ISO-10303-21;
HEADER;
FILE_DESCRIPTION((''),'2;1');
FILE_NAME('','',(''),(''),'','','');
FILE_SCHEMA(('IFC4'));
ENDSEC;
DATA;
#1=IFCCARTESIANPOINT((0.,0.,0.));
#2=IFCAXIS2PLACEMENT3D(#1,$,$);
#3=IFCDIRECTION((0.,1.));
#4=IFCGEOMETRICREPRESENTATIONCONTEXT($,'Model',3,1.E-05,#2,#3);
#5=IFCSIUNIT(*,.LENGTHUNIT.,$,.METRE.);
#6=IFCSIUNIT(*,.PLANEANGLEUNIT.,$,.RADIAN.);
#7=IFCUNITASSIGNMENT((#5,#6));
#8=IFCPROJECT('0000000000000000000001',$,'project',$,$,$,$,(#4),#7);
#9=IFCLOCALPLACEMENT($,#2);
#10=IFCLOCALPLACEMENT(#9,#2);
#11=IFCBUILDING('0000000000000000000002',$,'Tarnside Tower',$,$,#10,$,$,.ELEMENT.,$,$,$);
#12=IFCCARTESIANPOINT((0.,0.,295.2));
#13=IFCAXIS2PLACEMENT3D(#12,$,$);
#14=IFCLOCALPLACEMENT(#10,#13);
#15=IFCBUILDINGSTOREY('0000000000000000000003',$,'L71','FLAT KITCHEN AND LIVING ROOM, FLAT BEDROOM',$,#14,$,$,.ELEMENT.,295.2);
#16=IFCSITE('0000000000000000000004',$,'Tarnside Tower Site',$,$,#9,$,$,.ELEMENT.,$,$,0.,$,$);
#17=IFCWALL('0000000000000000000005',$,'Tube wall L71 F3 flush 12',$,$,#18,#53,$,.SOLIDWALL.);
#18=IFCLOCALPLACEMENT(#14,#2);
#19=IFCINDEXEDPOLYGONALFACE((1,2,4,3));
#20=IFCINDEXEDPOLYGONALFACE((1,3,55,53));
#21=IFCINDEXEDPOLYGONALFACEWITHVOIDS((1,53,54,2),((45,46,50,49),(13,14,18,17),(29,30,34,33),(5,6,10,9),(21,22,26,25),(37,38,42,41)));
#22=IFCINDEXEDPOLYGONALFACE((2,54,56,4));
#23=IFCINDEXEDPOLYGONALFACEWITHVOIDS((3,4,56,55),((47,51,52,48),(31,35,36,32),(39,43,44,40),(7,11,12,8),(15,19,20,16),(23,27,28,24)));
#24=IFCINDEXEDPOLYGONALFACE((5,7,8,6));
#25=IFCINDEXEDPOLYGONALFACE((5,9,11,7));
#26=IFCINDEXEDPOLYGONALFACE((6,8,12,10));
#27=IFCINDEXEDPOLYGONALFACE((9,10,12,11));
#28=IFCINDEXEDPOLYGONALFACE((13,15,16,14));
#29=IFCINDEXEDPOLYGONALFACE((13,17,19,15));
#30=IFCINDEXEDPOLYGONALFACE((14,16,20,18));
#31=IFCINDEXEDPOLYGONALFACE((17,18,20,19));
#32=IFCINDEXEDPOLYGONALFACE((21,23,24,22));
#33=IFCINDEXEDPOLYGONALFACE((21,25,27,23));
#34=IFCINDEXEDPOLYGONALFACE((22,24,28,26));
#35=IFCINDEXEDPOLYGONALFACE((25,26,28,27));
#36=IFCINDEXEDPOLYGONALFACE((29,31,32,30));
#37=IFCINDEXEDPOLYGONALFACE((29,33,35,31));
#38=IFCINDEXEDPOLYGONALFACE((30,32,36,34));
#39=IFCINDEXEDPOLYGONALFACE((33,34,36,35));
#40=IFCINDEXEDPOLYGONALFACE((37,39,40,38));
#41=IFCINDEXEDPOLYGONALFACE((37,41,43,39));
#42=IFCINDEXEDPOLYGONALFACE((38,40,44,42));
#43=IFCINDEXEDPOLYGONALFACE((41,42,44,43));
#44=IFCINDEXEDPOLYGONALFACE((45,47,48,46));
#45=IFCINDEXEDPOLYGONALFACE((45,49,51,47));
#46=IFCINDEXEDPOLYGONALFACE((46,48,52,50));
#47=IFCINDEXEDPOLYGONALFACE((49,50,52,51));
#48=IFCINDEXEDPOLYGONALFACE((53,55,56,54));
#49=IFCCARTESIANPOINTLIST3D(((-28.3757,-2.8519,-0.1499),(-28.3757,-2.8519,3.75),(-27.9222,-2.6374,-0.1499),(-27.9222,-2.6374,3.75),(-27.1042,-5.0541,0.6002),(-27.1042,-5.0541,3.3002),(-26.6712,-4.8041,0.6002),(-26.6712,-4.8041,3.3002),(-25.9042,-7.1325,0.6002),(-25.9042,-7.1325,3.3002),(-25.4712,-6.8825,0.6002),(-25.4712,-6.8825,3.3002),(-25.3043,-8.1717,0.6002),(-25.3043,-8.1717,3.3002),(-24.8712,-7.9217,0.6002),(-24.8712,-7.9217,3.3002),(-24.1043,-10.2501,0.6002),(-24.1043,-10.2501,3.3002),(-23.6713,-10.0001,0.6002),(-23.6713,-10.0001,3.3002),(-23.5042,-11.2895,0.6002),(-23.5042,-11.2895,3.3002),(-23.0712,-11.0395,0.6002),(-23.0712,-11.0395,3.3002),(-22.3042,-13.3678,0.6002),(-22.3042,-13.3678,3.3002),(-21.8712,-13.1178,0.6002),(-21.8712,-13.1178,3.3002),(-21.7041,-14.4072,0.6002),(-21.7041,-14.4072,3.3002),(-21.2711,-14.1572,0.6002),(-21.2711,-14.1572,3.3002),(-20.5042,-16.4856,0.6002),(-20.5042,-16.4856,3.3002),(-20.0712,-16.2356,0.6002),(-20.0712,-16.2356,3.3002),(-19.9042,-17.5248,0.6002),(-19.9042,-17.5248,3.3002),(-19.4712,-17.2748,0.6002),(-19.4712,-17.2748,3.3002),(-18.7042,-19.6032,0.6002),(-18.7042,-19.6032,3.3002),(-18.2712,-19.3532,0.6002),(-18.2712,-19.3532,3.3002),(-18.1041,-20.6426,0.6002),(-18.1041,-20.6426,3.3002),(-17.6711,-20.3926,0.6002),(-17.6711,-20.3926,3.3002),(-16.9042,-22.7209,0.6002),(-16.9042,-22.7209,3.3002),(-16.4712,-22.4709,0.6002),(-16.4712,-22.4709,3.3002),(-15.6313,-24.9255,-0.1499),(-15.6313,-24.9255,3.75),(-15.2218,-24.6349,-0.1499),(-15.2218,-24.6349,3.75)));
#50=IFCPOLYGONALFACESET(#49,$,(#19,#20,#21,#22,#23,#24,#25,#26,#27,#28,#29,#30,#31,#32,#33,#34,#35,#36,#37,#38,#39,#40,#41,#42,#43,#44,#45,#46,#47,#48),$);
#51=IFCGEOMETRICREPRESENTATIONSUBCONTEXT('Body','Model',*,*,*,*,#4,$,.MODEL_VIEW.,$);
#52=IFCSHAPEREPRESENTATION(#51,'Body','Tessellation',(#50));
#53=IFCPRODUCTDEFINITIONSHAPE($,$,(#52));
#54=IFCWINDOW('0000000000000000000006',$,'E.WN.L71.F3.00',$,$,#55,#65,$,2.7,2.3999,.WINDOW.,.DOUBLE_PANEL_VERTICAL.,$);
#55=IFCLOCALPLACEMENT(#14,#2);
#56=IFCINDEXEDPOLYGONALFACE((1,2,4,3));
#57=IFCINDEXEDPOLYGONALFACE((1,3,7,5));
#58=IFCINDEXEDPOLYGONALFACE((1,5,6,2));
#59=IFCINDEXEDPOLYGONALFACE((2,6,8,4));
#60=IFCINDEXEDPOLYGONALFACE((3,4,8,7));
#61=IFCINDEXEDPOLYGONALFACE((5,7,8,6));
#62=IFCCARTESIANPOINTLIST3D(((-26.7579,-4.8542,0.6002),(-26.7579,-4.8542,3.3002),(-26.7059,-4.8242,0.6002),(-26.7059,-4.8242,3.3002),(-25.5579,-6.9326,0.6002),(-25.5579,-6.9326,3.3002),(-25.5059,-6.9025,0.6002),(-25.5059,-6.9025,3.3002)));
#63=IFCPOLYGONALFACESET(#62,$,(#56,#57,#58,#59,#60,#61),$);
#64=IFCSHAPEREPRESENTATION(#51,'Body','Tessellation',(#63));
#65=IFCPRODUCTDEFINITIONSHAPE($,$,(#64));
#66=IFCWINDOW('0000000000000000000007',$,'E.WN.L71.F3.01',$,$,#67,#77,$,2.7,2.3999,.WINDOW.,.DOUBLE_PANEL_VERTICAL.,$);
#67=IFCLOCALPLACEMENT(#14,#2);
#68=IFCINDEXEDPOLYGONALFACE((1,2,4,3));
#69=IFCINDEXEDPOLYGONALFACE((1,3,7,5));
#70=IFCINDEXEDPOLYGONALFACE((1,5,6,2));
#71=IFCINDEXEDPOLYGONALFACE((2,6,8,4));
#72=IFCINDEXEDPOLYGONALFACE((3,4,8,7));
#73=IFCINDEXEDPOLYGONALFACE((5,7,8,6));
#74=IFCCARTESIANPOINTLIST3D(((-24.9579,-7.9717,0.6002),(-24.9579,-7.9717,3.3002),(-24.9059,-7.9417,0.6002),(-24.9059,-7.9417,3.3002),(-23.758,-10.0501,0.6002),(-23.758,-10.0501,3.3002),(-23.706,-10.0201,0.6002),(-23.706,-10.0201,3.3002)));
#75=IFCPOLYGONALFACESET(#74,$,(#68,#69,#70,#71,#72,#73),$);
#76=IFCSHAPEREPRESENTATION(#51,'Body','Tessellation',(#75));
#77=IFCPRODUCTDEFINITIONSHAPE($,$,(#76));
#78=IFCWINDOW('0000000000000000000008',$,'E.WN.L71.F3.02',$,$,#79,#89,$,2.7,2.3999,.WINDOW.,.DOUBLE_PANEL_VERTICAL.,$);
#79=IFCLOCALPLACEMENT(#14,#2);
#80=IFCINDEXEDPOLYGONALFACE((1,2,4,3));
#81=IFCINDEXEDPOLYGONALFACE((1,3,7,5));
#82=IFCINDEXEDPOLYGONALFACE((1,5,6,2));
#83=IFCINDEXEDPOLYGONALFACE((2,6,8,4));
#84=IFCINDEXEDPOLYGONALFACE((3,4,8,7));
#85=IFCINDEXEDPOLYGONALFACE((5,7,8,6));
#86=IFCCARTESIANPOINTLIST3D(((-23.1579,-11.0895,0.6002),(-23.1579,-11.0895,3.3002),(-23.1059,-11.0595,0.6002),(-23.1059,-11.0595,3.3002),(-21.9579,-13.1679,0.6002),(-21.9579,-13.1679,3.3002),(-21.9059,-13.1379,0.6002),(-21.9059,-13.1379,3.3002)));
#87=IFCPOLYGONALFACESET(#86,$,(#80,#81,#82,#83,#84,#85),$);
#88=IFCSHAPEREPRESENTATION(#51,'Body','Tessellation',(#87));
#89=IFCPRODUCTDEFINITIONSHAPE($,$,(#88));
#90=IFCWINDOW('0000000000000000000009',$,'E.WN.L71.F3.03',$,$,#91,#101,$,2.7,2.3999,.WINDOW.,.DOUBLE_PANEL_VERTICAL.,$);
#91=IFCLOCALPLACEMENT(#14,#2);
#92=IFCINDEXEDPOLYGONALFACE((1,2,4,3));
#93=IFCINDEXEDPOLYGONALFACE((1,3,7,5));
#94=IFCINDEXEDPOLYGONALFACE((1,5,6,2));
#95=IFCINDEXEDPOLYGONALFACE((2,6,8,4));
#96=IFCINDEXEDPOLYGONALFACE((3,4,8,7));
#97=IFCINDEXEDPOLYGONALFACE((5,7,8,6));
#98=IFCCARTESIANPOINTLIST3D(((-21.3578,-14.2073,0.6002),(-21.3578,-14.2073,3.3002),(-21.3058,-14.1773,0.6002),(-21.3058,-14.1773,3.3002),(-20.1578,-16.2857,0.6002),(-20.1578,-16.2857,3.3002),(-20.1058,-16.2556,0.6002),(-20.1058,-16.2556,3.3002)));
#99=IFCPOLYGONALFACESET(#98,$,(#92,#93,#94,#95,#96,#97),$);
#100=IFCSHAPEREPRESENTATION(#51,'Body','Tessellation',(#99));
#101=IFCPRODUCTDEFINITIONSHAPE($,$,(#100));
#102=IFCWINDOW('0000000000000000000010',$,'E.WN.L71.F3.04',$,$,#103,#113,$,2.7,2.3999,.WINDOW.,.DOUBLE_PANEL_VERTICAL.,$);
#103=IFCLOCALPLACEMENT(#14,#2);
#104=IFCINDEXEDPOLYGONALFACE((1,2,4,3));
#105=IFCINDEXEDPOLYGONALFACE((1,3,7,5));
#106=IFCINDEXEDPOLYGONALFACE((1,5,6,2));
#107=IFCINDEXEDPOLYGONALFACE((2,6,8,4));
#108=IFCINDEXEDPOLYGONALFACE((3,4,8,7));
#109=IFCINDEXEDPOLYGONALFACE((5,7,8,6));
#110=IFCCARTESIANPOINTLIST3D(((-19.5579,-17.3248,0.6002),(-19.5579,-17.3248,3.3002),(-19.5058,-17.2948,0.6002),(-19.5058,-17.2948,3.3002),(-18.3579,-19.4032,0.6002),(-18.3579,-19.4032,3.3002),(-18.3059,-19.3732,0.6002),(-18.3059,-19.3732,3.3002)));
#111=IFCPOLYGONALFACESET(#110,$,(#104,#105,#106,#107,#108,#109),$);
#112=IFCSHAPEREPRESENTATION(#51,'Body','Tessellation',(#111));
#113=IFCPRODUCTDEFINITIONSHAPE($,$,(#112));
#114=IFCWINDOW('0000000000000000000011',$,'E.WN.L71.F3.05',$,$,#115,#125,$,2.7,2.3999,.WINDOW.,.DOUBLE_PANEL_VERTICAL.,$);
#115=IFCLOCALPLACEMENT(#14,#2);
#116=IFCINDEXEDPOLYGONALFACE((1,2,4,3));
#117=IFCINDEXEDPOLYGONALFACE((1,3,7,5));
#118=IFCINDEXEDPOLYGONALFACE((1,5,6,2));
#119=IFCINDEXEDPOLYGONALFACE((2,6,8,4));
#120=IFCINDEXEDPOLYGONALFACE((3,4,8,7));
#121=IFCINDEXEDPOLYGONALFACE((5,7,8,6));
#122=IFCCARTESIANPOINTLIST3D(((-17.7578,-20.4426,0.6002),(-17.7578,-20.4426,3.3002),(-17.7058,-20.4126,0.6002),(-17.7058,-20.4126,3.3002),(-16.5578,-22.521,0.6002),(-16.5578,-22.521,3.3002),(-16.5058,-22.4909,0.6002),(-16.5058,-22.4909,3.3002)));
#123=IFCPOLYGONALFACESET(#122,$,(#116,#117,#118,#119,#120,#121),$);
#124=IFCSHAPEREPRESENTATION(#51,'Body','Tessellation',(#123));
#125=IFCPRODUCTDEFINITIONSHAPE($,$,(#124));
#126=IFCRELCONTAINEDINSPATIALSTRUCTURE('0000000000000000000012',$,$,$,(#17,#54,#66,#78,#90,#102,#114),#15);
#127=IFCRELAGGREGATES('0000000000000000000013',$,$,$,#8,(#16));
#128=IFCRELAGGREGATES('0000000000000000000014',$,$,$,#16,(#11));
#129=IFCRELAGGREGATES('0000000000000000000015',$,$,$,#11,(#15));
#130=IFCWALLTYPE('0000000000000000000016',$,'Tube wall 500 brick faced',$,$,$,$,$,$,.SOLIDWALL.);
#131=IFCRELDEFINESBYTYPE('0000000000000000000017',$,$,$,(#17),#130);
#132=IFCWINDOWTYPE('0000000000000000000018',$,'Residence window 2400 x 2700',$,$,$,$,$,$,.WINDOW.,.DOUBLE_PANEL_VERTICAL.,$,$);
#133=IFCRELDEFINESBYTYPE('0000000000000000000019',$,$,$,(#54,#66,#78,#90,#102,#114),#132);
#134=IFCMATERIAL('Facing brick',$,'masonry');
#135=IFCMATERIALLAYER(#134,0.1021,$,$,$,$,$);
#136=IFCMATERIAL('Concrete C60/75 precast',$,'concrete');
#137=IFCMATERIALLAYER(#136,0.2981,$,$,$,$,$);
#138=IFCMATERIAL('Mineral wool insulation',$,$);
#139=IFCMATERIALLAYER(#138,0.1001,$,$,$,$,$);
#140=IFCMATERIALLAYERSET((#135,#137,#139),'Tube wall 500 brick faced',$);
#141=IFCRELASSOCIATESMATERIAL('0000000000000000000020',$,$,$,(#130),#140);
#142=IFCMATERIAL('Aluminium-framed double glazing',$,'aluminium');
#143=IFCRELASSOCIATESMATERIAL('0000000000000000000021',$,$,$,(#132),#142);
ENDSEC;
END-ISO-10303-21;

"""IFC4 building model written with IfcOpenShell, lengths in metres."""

from ifc_helpers import new_model, si_unit, direction, frame, frame_2d, origin, place, context, subcontext, project, spatial, polyline, rectangle, outline, extrude, material, layer, layer_set, type_object, element, fill, save


model = new_model("IFC4")

# Units and contexts
model_context = context("Model", 3, precision=1e-05, world=origin(), true_north=direction((0.0, 1.0)))
body_context = subcontext(model_context, "Body", "Model", "MODEL_VIEW")
ifc_project = project(units=[si_unit("LENGTHUNIT", "METRE"), si_unit("PLANEANGLEUNIT", "RADIAN")], contexts=[model_context])

# Site, building, storey
site_placement = place(None, origin())
site = spatial("IfcSite", under=ifc_project, at=site_placement, Name="Tarnside Tower Site", CompositionType="ELEMENT", RefElevation=0.0)
building_placement = place(site_placement, origin())
building = spatial("IfcBuilding", under=site, at=building_placement, Name="Tarnside Tower", CompositionType="ELEMENT")
storey_placement = place(building_placement, frame((0.0, 0.0, 295.2)))
storey = spatial("IfcBuildingStorey", under=building, at=storey_placement, Name="L71", Description="FLAT KITCHEN AND LIVING ROOM, FLAT BEDROOM", CompositionType="ELEMENT", Elevation=295.2)

# Shared definitions
ifc_material_1 = material(Name="Facing brick", Category="masonry")
ifc_layer_1 = layer(ifc_material_1, 0.1021)
ifc_material_2 = material(Name="Concrete C60/75 precast", Category="concrete")
ifc_layer_2 = layer(ifc_material_2, 0.2981)
ifc_material_3 = material(Name="Mineral wool insulation")
ifc_layer_3 = layer(ifc_material_3, 0.1001)
ifc_layer_set_1 = layer_set([ifc_layer_1, ifc_layer_2, ifc_layer_3], Name="Tube wall 500 brick faced")
wall_type_1 = type_object("IfcWallType", Name="Tube wall 500 brick faced", PredefinedType="SOLIDWALL", material=ifc_layer_set_1)

# Wall, openings, windows
wall_1_placement = place(storey_placement, frame((-28.1489, -2.7446, -0.1499), z_axis=(0.0, 0.0, 1.0), x_axis=(0.500004, -0.866023, 0.0)))
wall_1 = element("IfcWall", 1, at=wall_1_placement, inside=storey, type_object=wall_type_1, Name="Tube wall L71 F3 flush 12", PredefinedType="SOLIDWALL", context=body_context, shape_type="SweptSolid", body=[
    extrude(outline(polyline([(-0.0205, -0.25), (25.468, -0.25), (25.4211, 0.25), (0.0205, 0.25), (-0.0205, -0.25)])), origin(), (0.0, 0.0, 1.0), 3.8999),
])
opening_1_placement = place(wall_1_placement, frame((2.5225, 0.0, 0.75)))
opening_1 = element("IfcOpeningElement", 2, at=opening_1_placement, cuts=wall_1, PredefinedType="OPENING", context=body_context, shape_type="SweptSolid", body=[
    extrude(rectangle(XDim=2.3999, YDim=2.7, at=frame_2d((1.2, 1.3501))), frame((0.0, 0.26, 0.0), z_axis=(0.0, -1.0, 0.0), x_axis=(1.0, 0.0, 0.0)), (0.0, 0.0, 1.0), 0.52),
])
opening_2_placement = place(wall_1_placement, frame((6.1223, 0.0, 0.75)))
opening_2 = element("IfcOpeningElement", 3, at=opening_2_placement, cuts=wall_1, PredefinedType="OPENING", context=body_context, shape_type="SweptSolid", body=[
    extrude(rectangle(XDim=2.3999, YDim=2.7, at=frame_2d((1.2, 1.3501))), frame((0.0, 0.26, 0.0), z_axis=(0.0, -1.0, 0.0), x_axis=(1.0, 0.0, 0.0)), (0.0, 0.0, 1.0), 0.52),
])
opening_3_placement = place(wall_1_placement, frame((9.7224, 0.0, 0.75)))
opening_3 = element("IfcOpeningElement", 4, at=opening_3_placement, cuts=wall_1, PredefinedType="OPENING", context=body_context, shape_type="SweptSolid", body=[
    extrude(rectangle(XDim=2.3999, YDim=2.7, at=frame_2d((1.2, 1.3501))), frame((0.0, 0.26, 0.0), z_axis=(0.0, -1.0, 0.0), x_axis=(1.0, 0.0, 0.0)), (0.0, 0.0, 1.0), 0.52),
])
opening_4_placement = place(wall_1_placement, frame((13.3225, 0.0, 0.75)))
opening_4 = element("IfcOpeningElement", 5, at=opening_4_placement, cuts=wall_1, PredefinedType="OPENING", context=body_context, shape_type="SweptSolid", body=[
    extrude(rectangle(XDim=2.3999, YDim=2.7, at=frame_2d((1.2, 1.3501))), frame((0.0, 0.26, 0.0), z_axis=(0.0, -1.0, 0.0), x_axis=(1.0, 0.0, 0.0)), (0.0, 0.0, 1.0), 0.52),
])
opening_5_placement = place(wall_1_placement, frame((16.9224, 0.0, 0.75)))
opening_5 = element("IfcOpeningElement", 6, at=opening_5_placement, cuts=wall_1, PredefinedType="OPENING", context=body_context, shape_type="SweptSolid", body=[
    extrude(rectangle(XDim=2.3999, YDim=2.7, at=frame_2d((1.2, 1.3501))), frame((0.0, 0.26, 0.0), z_axis=(0.0, -1.0, 0.0), x_axis=(1.0, 0.0, 0.0)), (0.0, 0.0, 1.0), 0.52),
])
opening_6_placement = place(wall_1_placement, frame((20.5225, 0.0, 0.75)))
opening_6 = element("IfcOpeningElement", 7, at=opening_6_placement, cuts=wall_1, PredefinedType="OPENING", context=body_context, shape_type="SweptSolid", body=[
    extrude(rectangle(XDim=2.3999, YDim=2.7, at=frame_2d((1.2, 1.3501))), frame((0.0, 0.26, 0.0), z_axis=(0.0, -1.0, 0.0), x_axis=(1.0, 0.0, 0.0)), (0.0, 0.0, 1.0), 0.52),
])
ifc_material_4 = material(Name="Aluminium-framed double glazing", Category="aluminium")
window_type = type_object("IfcWindowType", Name="Residence window 2400 x 2700", PartitioningType="DOUBLE_PANEL_VERTICAL", PredefinedType="WINDOW", material=ifc_material_4)
window_1_placement = place(opening_1_placement, frame((0.0, 0.1799, 0.0)))
window_1 = element("IfcWindow", 8, at=window_1_placement, inside=storey, type_object=window_type, Name="E.WN.L71.F3.00", OverallHeight=2.7, OverallWidth=2.3999, PartitioningType="DOUBLE_PANEL_VERTICAL", PredefinedType="WINDOW", context=body_context, shape_type="SweptSolid", body=[
    extrude(rectangle(XDim=2.3999, YDim=2.7, at=frame_2d((1.2, 1.3501))), frame((0.0, 0.03, 0.0), z_axis=(0.0, -1.0, 0.0), x_axis=(1.0, 0.0, 0.0)), (0.0, 0.0, 1.0), 0.0601),
])
fill(opening_1, window_1)
window_2_placement = place(opening_2_placement, frame((0.0, 0.1799, 0.0)))
window_2 = element("IfcWindow", 9, at=window_2_placement, inside=storey, type_object=window_type, Name="E.WN.L71.F3.01", OverallHeight=2.7, OverallWidth=2.3999, PartitioningType="DOUBLE_PANEL_VERTICAL", PredefinedType="WINDOW", context=body_context, shape_type="SweptSolid", body=[
    extrude(rectangle(XDim=2.3999, YDim=2.7, at=frame_2d((1.2, 1.3501))), frame((0.0, 0.03, 0.0), z_axis=(0.0, -1.0, 0.0), x_axis=(1.0, 0.0, 0.0)), (0.0, 0.0, 1.0), 0.0601),
])
fill(opening_2, window_2)
window_3_placement = place(opening_3_placement, frame((0.0, 0.1799, 0.0)))
window_3 = element("IfcWindow", 10, at=window_3_placement, inside=storey, type_object=window_type, Name="E.WN.L71.F3.02", OverallHeight=2.7, OverallWidth=2.3999, PartitioningType="DOUBLE_PANEL_VERTICAL", PredefinedType="WINDOW", context=body_context, shape_type="SweptSolid", body=[
    extrude(rectangle(XDim=2.3999, YDim=2.7, at=frame_2d((1.2, 1.3501))), frame((0.0, 0.03, 0.0), z_axis=(0.0, -1.0, 0.0), x_axis=(1.0, 0.0, 0.0)), (0.0, 0.0, 1.0), 0.0601),
])
fill(opening_3, window_3)
window_4_placement = place(opening_4_placement, frame((0.0, 0.1799, 0.0)))
window_4 = element("IfcWindow", 11, at=window_4_placement, inside=storey, type_object=window_type, Name="E.WN.L71.F3.03", OverallHeight=2.7, OverallWidth=2.3999, PartitioningType="DOUBLE_PANEL_VERTICAL", PredefinedType="WINDOW", context=body_context, shape_type="SweptSolid", body=[
    extrude(rectangle(XDim=2.3999, YDim=2.7, at=frame_2d((1.2, 1.3501))), frame((0.0, 0.03, 0.0), z_axis=(0.0, -1.0, 0.0), x_axis=(1.0, 0.0, 0.0)), (0.0, 0.0, 1.0), 0.0601),
])
fill(opening_4, window_4)
window_5_placement = place(opening_5_placement, frame((0.0, 0.1799, 0.0)))
window_5 = element("IfcWindow", 12, at=window_5_placement, inside=storey, type_object=window_type, Name="E.WN.L71.F3.04", OverallHeight=2.7, OverallWidth=2.3999, PartitioningType="DOUBLE_PANEL_VERTICAL", PredefinedType="WINDOW", context=body_context, shape_type="SweptSolid", body=[
    extrude(rectangle(XDim=2.3999, YDim=2.7, at=frame_2d((1.2, 1.3501))), frame((0.0, 0.03, 0.0), z_axis=(0.0, -1.0, 0.0), x_axis=(1.0, 0.0, 0.0)), (0.0, 0.0, 1.0), 0.0601),
])
fill(opening_5, window_5)
window_6_placement = place(opening_6_placement, frame((0.0, 0.1799, 0.0)))
window_6 = element("IfcWindow", 13, at=window_6_placement, inside=storey, type_object=window_type, Name="E.WN.L71.F3.05", OverallHeight=2.7, OverallWidth=2.3999, PartitioningType="DOUBLE_PANEL_VERTICAL", PredefinedType="WINDOW", context=body_context, shape_type="SweptSolid", body=[
    extrude(rectangle(XDim=2.3999, YDim=2.7, at=frame_2d((1.2, 1.3501))), frame((0.0, 0.03, 0.0), z_axis=(0.0, -1.0, 0.0), x_axis=(1.0, 0.0, 0.0)), (0.0, 0.0, 1.0), 0.0601),
])
fill(opening_6, window_6)

save(model, "model.ifc")
